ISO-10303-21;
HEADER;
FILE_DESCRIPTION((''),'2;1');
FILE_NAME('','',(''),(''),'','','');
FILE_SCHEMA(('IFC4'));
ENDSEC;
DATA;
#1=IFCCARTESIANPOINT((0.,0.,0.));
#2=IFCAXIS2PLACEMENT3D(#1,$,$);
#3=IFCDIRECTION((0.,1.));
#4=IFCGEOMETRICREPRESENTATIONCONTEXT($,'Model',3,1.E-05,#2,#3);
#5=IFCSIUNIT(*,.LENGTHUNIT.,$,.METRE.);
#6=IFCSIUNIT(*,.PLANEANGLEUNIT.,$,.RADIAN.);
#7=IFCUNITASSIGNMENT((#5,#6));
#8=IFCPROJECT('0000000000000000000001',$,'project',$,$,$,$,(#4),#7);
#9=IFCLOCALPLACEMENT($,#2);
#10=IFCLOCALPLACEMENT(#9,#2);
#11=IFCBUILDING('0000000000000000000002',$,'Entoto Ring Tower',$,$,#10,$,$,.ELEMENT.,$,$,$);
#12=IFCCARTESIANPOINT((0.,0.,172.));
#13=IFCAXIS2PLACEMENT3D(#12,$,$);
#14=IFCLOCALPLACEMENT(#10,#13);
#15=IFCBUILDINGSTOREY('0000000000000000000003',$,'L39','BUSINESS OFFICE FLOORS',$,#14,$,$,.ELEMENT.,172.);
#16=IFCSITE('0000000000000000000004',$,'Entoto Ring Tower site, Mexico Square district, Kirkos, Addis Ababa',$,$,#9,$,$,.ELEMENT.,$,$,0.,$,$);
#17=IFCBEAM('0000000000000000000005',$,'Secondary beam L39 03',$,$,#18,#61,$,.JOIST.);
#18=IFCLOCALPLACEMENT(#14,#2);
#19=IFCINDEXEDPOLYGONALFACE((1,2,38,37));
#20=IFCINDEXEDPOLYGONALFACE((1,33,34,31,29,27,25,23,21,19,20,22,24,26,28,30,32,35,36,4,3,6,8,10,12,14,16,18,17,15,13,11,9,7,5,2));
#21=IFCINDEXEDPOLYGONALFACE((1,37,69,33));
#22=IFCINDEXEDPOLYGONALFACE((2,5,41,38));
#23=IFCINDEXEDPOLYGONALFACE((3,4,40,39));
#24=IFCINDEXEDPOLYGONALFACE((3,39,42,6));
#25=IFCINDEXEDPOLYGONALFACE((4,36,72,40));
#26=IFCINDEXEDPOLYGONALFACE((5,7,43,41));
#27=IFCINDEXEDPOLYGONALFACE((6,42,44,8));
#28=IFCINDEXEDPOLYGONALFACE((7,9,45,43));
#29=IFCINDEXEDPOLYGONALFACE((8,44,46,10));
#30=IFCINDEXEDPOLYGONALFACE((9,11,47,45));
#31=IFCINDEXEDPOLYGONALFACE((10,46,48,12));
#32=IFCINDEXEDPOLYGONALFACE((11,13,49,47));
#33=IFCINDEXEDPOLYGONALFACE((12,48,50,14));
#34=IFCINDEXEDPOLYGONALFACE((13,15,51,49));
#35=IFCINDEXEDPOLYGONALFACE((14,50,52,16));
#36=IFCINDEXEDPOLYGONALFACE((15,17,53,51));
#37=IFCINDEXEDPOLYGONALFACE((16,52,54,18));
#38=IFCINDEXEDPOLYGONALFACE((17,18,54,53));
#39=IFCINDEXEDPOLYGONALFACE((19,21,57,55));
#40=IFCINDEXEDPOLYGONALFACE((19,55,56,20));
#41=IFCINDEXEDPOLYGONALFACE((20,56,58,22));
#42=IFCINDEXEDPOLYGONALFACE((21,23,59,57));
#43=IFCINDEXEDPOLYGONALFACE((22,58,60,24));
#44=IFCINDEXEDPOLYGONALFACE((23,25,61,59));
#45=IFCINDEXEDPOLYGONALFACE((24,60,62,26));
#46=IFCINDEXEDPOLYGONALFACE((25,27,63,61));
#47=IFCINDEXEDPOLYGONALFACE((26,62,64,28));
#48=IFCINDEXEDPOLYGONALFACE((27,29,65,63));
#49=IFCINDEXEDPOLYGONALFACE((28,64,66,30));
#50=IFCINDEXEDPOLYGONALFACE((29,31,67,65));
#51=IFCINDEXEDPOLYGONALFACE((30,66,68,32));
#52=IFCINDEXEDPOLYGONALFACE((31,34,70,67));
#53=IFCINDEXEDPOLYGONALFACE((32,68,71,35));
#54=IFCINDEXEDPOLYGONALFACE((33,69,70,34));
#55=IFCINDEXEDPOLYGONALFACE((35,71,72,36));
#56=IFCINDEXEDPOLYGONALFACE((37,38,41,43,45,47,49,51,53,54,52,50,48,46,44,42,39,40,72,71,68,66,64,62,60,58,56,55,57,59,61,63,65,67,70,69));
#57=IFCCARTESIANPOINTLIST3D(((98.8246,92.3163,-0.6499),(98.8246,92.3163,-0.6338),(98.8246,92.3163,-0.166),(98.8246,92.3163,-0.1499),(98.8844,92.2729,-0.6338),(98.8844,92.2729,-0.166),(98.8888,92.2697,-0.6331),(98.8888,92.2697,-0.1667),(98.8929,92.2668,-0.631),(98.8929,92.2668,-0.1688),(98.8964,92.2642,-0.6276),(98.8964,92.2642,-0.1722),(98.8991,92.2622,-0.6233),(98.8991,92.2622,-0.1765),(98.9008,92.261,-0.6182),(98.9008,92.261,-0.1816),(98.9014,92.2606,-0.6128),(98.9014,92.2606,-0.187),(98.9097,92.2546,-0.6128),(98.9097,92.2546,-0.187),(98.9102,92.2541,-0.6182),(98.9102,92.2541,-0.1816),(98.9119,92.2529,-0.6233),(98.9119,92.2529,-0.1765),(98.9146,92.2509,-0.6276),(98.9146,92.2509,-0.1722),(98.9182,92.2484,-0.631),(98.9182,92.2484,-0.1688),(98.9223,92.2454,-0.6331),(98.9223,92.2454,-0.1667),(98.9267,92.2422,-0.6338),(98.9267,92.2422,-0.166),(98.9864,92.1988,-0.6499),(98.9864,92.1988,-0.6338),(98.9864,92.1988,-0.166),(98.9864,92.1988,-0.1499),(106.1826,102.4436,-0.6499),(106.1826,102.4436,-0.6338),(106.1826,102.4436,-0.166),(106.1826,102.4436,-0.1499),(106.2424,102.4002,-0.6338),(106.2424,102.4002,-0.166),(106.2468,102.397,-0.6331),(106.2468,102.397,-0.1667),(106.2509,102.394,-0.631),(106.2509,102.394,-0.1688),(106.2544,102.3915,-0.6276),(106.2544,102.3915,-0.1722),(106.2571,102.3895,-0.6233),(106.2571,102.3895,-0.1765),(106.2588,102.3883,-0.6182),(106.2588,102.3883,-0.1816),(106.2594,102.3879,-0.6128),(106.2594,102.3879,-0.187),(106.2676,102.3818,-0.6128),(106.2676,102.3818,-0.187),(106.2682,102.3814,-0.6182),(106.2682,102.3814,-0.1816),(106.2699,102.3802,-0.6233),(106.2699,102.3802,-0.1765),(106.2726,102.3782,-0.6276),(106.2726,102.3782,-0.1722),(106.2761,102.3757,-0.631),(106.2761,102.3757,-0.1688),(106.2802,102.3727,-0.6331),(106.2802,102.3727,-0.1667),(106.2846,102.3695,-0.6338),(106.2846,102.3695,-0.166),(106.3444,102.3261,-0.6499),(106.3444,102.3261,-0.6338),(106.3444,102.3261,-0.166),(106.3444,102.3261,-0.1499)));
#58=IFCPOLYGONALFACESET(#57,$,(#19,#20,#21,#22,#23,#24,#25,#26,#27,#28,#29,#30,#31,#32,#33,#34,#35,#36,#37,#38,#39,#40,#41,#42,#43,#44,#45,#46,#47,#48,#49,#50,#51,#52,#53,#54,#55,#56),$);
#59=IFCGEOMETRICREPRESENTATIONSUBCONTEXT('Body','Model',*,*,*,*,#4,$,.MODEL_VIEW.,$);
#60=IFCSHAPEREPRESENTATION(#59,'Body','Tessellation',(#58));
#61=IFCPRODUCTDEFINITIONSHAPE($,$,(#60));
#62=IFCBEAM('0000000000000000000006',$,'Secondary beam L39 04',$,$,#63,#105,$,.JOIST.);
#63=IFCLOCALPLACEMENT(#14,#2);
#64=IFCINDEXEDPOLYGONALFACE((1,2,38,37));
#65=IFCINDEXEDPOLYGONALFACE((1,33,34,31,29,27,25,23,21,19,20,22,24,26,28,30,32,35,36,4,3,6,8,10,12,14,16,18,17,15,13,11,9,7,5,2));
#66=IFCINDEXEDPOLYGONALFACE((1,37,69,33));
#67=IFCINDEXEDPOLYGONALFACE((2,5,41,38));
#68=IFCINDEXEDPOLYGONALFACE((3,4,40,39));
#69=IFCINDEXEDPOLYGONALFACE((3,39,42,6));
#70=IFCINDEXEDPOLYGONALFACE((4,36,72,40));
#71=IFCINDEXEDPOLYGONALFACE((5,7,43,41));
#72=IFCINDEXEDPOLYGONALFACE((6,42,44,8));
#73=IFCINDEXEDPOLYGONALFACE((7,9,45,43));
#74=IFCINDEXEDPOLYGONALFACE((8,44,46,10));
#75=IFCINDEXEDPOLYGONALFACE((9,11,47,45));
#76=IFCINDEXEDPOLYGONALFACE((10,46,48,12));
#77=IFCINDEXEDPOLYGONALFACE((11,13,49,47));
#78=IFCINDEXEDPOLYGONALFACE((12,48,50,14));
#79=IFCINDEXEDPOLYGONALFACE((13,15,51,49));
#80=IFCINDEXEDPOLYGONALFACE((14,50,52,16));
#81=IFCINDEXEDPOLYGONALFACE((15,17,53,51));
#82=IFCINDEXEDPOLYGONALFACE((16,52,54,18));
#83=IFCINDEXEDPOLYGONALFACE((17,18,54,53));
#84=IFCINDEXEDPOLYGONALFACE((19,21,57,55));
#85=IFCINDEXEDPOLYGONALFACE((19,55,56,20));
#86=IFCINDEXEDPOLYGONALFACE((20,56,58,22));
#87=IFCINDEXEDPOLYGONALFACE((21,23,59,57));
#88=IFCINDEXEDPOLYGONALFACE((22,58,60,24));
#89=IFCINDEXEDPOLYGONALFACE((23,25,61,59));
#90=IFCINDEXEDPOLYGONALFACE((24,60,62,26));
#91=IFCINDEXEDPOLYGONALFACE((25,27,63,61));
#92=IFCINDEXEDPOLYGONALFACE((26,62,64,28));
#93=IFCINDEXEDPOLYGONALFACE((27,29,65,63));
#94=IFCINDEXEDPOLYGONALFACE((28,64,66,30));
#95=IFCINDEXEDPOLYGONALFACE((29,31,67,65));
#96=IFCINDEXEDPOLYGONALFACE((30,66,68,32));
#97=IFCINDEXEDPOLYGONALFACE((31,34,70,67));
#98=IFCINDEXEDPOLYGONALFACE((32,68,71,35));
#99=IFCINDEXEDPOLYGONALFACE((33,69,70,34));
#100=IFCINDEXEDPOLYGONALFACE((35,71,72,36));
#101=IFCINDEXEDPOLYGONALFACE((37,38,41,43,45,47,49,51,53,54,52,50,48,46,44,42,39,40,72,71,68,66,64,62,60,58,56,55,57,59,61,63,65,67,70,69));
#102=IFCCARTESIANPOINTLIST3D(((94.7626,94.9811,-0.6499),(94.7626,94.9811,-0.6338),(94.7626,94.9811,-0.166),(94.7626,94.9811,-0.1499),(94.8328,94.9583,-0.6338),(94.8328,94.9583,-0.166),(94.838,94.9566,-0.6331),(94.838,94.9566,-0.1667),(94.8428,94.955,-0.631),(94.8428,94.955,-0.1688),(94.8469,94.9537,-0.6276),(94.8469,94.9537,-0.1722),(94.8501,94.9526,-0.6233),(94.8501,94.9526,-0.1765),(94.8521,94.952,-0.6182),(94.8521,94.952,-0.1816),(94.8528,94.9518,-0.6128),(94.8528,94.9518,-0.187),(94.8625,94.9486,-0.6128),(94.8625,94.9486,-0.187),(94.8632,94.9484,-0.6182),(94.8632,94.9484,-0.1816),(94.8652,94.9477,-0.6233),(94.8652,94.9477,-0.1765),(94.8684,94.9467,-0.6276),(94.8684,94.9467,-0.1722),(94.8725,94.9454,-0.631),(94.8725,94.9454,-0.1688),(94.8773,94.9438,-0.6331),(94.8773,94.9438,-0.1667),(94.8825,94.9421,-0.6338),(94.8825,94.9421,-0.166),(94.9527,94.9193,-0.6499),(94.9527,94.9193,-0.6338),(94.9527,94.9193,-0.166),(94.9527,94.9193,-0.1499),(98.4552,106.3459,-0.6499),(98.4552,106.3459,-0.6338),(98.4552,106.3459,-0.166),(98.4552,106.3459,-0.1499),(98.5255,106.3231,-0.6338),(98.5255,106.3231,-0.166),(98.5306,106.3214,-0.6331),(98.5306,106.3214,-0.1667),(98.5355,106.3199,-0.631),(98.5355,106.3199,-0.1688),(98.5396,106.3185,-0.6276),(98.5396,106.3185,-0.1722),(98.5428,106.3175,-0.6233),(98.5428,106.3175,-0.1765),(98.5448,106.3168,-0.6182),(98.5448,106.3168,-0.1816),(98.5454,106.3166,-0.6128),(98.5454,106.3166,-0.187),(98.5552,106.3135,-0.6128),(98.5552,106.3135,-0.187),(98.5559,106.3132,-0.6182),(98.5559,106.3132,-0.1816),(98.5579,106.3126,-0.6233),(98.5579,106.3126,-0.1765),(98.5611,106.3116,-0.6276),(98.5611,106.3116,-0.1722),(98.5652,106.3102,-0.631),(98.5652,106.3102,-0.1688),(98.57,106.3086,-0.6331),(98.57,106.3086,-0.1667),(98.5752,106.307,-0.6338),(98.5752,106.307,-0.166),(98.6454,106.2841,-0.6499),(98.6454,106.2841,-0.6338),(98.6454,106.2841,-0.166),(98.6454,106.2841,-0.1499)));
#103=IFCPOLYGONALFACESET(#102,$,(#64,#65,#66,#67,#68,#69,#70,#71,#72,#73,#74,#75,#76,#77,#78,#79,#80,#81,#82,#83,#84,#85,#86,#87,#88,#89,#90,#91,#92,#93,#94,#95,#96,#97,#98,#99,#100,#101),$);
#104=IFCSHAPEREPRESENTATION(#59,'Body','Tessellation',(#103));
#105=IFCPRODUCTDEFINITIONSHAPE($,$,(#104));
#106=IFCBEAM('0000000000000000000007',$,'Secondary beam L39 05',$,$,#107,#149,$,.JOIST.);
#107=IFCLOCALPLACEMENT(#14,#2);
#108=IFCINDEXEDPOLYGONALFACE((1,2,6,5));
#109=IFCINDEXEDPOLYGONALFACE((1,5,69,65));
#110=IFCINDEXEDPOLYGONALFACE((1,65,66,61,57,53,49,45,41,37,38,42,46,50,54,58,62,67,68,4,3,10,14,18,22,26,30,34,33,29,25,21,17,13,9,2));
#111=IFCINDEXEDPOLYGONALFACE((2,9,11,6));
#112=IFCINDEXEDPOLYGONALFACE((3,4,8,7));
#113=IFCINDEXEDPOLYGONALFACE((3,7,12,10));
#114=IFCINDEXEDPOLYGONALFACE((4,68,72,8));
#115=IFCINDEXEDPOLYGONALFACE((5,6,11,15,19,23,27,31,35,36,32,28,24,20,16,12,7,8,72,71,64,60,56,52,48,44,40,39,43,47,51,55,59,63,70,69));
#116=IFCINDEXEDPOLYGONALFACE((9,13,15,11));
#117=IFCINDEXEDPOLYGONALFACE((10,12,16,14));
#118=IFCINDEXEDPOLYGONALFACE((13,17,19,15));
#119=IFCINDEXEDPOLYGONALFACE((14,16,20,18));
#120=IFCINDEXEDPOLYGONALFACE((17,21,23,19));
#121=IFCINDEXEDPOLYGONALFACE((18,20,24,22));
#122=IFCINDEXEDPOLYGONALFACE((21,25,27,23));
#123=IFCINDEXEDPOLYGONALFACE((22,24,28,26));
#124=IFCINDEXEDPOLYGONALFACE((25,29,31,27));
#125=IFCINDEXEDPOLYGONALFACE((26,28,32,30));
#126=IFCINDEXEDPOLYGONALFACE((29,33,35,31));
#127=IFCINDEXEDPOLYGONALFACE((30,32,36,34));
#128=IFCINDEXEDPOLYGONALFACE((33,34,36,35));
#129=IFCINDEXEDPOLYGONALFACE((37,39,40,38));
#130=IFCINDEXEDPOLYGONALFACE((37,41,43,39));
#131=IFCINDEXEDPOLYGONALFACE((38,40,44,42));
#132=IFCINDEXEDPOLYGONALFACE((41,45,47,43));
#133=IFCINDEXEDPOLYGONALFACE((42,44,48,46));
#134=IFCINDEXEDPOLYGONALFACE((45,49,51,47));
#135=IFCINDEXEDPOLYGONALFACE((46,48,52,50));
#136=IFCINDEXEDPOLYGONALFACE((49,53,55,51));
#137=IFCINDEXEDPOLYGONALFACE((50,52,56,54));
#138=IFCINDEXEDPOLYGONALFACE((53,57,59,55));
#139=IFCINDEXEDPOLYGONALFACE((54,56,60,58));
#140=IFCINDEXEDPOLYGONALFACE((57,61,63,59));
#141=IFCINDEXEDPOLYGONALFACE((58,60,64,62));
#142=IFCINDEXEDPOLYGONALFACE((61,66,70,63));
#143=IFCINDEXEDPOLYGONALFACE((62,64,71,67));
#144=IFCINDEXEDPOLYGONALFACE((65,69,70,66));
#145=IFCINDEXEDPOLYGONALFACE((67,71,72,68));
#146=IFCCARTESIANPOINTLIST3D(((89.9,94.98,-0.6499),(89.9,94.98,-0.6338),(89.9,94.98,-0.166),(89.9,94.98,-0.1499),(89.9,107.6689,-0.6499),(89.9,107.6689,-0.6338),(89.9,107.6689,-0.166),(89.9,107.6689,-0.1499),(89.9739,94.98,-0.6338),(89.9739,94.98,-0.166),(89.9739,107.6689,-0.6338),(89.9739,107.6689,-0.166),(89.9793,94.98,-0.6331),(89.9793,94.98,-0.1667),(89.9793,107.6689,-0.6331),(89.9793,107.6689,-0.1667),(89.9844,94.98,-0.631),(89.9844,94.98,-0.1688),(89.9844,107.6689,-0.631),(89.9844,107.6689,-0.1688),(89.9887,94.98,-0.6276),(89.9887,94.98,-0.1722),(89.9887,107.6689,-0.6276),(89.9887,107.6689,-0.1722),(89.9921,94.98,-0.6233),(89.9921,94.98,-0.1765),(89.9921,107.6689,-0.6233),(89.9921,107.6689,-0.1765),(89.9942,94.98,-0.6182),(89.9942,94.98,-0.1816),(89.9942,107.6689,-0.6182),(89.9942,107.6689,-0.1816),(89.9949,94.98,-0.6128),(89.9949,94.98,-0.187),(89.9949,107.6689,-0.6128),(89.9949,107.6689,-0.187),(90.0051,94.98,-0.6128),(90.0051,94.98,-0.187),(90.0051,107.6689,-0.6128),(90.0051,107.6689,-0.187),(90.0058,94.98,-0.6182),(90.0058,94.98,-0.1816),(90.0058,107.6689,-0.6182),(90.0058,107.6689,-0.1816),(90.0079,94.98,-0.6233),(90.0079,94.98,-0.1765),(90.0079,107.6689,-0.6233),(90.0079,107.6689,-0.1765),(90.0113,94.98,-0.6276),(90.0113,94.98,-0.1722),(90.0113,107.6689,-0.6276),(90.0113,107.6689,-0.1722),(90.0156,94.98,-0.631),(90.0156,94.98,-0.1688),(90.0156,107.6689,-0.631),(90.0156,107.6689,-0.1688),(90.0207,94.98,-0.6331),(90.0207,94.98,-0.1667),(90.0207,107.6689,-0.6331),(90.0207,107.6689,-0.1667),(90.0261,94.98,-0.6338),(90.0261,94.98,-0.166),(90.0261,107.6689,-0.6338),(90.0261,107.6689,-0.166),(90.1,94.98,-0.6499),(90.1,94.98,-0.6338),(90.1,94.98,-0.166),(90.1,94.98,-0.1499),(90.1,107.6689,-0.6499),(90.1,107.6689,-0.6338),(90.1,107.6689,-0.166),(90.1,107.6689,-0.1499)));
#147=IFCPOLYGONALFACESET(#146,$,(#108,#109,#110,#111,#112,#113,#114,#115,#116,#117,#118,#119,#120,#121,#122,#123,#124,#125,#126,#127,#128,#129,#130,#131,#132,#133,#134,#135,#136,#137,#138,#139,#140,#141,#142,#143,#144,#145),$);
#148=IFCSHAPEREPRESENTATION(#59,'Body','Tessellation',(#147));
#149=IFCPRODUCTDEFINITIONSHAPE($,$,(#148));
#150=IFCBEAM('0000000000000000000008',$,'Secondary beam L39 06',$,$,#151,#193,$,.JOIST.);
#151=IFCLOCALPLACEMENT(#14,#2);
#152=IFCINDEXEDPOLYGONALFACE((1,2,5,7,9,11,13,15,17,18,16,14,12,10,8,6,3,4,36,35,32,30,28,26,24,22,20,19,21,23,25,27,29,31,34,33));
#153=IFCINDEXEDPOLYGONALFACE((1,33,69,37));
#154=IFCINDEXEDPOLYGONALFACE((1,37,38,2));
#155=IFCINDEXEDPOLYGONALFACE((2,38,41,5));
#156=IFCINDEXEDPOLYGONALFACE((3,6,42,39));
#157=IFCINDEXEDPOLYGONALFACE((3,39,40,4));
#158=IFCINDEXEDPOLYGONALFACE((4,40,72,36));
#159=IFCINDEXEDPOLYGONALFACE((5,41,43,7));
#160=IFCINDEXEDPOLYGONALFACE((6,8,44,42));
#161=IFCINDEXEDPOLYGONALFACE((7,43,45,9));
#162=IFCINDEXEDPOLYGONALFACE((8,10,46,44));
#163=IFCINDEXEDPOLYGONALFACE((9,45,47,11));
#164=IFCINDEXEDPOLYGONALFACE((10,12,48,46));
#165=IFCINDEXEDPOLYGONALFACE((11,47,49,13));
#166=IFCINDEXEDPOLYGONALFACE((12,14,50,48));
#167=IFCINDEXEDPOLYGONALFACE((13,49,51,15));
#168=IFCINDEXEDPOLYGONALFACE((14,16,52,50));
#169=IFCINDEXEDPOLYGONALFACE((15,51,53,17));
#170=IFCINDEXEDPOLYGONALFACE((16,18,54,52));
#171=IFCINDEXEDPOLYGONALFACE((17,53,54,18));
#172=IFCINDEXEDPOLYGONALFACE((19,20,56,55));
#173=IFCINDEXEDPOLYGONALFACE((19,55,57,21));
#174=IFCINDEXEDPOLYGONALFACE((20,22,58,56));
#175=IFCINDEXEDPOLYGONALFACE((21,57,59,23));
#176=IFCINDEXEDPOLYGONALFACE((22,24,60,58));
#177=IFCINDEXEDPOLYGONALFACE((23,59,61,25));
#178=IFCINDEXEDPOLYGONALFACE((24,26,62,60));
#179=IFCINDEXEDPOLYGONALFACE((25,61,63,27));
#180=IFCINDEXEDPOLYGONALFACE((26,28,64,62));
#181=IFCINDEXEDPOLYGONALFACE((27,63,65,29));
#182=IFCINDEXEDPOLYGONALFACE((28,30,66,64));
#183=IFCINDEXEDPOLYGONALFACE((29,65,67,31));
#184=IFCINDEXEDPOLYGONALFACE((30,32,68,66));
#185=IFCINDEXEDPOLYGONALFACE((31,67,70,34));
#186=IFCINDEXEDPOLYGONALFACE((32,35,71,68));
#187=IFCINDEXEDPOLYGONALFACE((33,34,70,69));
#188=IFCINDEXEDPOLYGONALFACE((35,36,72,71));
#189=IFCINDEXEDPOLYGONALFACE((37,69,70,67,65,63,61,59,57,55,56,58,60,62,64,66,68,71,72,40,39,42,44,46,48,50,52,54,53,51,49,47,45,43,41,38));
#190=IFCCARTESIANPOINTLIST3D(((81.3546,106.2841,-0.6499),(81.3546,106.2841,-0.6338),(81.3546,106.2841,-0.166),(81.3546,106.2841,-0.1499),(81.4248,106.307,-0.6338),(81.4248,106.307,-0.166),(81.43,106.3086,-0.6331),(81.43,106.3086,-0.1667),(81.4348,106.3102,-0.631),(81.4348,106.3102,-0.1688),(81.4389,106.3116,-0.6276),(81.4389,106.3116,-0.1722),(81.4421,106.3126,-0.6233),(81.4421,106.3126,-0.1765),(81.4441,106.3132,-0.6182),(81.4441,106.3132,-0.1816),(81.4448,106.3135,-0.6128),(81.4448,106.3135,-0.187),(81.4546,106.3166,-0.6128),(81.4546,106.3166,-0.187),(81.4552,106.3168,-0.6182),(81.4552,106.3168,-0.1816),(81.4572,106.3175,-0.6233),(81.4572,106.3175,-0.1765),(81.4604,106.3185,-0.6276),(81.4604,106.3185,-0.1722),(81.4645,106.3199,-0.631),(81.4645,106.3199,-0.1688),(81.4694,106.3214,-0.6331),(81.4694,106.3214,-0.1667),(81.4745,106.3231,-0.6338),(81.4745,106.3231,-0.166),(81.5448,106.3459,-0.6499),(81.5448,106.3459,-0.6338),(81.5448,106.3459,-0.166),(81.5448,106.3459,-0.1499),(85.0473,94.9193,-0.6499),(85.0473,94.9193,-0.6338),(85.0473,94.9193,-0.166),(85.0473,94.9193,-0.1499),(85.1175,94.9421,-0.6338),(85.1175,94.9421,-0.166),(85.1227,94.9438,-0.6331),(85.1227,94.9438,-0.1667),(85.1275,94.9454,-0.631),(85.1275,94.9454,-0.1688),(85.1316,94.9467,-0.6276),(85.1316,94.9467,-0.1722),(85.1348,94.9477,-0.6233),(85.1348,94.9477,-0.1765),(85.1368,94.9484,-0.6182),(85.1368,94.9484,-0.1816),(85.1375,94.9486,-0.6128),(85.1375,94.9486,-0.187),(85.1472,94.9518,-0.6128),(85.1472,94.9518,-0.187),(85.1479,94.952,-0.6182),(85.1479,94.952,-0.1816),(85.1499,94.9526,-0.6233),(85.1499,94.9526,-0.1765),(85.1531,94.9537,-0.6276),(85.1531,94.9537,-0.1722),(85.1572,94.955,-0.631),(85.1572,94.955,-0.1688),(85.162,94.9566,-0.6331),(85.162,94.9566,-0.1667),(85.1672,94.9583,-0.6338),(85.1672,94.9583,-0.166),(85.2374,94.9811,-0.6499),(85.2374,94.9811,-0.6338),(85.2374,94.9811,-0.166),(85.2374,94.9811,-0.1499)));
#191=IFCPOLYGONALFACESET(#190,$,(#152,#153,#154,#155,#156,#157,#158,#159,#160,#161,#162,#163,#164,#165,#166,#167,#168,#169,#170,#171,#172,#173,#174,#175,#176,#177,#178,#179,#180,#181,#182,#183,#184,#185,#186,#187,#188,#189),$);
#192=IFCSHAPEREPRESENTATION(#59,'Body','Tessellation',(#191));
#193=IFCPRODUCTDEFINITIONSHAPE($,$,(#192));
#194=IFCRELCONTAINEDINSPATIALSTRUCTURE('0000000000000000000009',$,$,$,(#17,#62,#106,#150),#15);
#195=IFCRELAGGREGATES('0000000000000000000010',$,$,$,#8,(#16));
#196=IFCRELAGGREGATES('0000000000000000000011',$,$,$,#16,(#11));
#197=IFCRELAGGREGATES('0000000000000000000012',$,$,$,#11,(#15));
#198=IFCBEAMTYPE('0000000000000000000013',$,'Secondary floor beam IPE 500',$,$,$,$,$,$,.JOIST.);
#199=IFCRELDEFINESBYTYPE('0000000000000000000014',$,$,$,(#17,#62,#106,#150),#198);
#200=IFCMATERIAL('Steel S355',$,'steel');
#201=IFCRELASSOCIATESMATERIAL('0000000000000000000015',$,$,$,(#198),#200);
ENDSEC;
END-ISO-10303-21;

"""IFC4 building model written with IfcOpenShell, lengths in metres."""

from ifc_helpers import new_model, si_unit, direction, frame, origin, origin_2d, place, context, subcontext, project, spatial, i_section, extrude, material, material_profile, profile_set, type_object, element, save


model = new_model("IFC4")

# Units and contexts
model_context = context("Model", 3, precision=1e-05, world=origin(), true_north=direction((0.0, 1.0)))
body_context = subcontext(model_context, "Body", "Model", "MODEL_VIEW")
ifc_project = project(units=[si_unit("LENGTHUNIT", "METRE"), si_unit("PLANEANGLEUNIT", "RADIAN")], contexts=[model_context])

# Site, building, storey
site_placement = place(None, origin())
site = spatial("IfcSite", under=ifc_project, at=site_placement, Name="Entoto Ring Tower site, Mexico Square district, Kirkos, Addis Ababa", CompositionType="ELEMENT", RefElevation=0.0)
building_placement = place(site_placement, origin())
building = spatial("IfcBuilding", under=site, at=building_placement, Name="Entoto Ring Tower", CompositionType="ELEMENT")
storey_placement = place(building_placement, frame((0.0, 0.0, 172.0)))
storey = spatial("IfcBuildingStorey", under=building, at=storey_placement, Name="L39", Description="BUSINESS OFFICE FLOORS", CompositionType="ELEMENT", Elevation=172.0)

# Beams
ifc_material_1 = material(Name="Steel S355", Category="steel")
ifc_material_profile_1 = material_profile(ifc_material_1, i_section(OverallWidth=0.2, OverallDepth=0.5, WebThickness=0.0103, FlangeThickness=0.0161, FilletRadius=0.021, at=origin_2d()), Name="IPE 500")
ifc_profile_set_1 = profile_set([ifc_material_profile_1], Name="Steel S355")
beam_type_1 = type_object("IfcBeamType", Name="Secondary floor beam IPE 500", PredefinedType="JOIST", material=ifc_profile_set_1)
beam_1_placement = place(storey_placement, frame((98.9055, 92.2576, -0.3999), z_axis=(0.587789, 0.809014, 0.0), x_axis=(-0.809014, 0.587789, 0.0)))
element("IfcBeam", 1, at=beam_1_placement, inside=storey, type_object=beam_type_1, Name="Secondary beam L39 03", PredefinedType="JOIST", context=body_context, shape_type="SweptSolid", body=[
    extrude(i_section(OverallWidth=0.2, OverallDepth=0.5, WebThickness=0.0103, FlangeThickness=0.0161, FilletRadius=0.021, at=origin_2d()), origin(), (0.0, 0.0, 1.0), 12.5181),
])
beam_2_placement = place(storey_placement, frame((94.8577, 94.9502, -0.3999), z_axis=(0.309017, 0.951057, 0.0), x_axis=(-0.951057, 0.309017, 0.0)))
element("IfcBeam", 2, at=beam_2_placement, inside=storey, type_object=beam_type_1, Name="Secondary beam L39 04", PredefinedType="JOIST", context=body_context, shape_type="SweptSolid", body=[
    extrude(i_section(OverallWidth=0.2, OverallDepth=0.5, WebThickness=0.0103, FlangeThickness=0.0161, FilletRadius=0.021, at=origin_2d()), origin(), (0.0, 0.0, 1.0), 11.9497),
])
beam_3_placement = place(storey_placement, frame((90.0, 94.98, -0.3999), z_axis=(0.0, 1.0, 0.0), x_axis=(-1.0, 0.0, 0.0)))
element("IfcBeam", 3, at=beam_3_placement, inside=storey, type_object=beam_type_1, Name="Secondary beam L39 05", PredefinedType="JOIST", context=body_context, shape_type="SweptSolid", body=[
    extrude(i_section(OverallWidth=0.2, OverallDepth=0.5, WebThickness=0.0103, FlangeThickness=0.0161, FilletRadius=0.021, at=origin_2d()), origin(), (0.0, 0.0, 1.0), 12.689),
])
beam_4_placement = place(storey_placement, frame((85.1423, 94.9502, -0.3999), z_axis=(-0.309017, 0.951057, 0.0), x_axis=(-0.951057, -0.309017, 0.0)))
element("IfcBeam", 4, at=beam_4_placement, inside=storey, type_object=beam_type_1, Name="Secondary beam L39 06", PredefinedType="JOIST", context=body_context, shape_type="SweptSolid", body=[
    extrude(i_section(OverallWidth=0.2, OverallDepth=0.5, WebThickness=0.0103, FlangeThickness=0.0161, FilletRadius=0.021, at=origin_2d()), origin(), (0.0, 0.0, 1.0), 11.9497),
])

save(model, "model.ifc")
